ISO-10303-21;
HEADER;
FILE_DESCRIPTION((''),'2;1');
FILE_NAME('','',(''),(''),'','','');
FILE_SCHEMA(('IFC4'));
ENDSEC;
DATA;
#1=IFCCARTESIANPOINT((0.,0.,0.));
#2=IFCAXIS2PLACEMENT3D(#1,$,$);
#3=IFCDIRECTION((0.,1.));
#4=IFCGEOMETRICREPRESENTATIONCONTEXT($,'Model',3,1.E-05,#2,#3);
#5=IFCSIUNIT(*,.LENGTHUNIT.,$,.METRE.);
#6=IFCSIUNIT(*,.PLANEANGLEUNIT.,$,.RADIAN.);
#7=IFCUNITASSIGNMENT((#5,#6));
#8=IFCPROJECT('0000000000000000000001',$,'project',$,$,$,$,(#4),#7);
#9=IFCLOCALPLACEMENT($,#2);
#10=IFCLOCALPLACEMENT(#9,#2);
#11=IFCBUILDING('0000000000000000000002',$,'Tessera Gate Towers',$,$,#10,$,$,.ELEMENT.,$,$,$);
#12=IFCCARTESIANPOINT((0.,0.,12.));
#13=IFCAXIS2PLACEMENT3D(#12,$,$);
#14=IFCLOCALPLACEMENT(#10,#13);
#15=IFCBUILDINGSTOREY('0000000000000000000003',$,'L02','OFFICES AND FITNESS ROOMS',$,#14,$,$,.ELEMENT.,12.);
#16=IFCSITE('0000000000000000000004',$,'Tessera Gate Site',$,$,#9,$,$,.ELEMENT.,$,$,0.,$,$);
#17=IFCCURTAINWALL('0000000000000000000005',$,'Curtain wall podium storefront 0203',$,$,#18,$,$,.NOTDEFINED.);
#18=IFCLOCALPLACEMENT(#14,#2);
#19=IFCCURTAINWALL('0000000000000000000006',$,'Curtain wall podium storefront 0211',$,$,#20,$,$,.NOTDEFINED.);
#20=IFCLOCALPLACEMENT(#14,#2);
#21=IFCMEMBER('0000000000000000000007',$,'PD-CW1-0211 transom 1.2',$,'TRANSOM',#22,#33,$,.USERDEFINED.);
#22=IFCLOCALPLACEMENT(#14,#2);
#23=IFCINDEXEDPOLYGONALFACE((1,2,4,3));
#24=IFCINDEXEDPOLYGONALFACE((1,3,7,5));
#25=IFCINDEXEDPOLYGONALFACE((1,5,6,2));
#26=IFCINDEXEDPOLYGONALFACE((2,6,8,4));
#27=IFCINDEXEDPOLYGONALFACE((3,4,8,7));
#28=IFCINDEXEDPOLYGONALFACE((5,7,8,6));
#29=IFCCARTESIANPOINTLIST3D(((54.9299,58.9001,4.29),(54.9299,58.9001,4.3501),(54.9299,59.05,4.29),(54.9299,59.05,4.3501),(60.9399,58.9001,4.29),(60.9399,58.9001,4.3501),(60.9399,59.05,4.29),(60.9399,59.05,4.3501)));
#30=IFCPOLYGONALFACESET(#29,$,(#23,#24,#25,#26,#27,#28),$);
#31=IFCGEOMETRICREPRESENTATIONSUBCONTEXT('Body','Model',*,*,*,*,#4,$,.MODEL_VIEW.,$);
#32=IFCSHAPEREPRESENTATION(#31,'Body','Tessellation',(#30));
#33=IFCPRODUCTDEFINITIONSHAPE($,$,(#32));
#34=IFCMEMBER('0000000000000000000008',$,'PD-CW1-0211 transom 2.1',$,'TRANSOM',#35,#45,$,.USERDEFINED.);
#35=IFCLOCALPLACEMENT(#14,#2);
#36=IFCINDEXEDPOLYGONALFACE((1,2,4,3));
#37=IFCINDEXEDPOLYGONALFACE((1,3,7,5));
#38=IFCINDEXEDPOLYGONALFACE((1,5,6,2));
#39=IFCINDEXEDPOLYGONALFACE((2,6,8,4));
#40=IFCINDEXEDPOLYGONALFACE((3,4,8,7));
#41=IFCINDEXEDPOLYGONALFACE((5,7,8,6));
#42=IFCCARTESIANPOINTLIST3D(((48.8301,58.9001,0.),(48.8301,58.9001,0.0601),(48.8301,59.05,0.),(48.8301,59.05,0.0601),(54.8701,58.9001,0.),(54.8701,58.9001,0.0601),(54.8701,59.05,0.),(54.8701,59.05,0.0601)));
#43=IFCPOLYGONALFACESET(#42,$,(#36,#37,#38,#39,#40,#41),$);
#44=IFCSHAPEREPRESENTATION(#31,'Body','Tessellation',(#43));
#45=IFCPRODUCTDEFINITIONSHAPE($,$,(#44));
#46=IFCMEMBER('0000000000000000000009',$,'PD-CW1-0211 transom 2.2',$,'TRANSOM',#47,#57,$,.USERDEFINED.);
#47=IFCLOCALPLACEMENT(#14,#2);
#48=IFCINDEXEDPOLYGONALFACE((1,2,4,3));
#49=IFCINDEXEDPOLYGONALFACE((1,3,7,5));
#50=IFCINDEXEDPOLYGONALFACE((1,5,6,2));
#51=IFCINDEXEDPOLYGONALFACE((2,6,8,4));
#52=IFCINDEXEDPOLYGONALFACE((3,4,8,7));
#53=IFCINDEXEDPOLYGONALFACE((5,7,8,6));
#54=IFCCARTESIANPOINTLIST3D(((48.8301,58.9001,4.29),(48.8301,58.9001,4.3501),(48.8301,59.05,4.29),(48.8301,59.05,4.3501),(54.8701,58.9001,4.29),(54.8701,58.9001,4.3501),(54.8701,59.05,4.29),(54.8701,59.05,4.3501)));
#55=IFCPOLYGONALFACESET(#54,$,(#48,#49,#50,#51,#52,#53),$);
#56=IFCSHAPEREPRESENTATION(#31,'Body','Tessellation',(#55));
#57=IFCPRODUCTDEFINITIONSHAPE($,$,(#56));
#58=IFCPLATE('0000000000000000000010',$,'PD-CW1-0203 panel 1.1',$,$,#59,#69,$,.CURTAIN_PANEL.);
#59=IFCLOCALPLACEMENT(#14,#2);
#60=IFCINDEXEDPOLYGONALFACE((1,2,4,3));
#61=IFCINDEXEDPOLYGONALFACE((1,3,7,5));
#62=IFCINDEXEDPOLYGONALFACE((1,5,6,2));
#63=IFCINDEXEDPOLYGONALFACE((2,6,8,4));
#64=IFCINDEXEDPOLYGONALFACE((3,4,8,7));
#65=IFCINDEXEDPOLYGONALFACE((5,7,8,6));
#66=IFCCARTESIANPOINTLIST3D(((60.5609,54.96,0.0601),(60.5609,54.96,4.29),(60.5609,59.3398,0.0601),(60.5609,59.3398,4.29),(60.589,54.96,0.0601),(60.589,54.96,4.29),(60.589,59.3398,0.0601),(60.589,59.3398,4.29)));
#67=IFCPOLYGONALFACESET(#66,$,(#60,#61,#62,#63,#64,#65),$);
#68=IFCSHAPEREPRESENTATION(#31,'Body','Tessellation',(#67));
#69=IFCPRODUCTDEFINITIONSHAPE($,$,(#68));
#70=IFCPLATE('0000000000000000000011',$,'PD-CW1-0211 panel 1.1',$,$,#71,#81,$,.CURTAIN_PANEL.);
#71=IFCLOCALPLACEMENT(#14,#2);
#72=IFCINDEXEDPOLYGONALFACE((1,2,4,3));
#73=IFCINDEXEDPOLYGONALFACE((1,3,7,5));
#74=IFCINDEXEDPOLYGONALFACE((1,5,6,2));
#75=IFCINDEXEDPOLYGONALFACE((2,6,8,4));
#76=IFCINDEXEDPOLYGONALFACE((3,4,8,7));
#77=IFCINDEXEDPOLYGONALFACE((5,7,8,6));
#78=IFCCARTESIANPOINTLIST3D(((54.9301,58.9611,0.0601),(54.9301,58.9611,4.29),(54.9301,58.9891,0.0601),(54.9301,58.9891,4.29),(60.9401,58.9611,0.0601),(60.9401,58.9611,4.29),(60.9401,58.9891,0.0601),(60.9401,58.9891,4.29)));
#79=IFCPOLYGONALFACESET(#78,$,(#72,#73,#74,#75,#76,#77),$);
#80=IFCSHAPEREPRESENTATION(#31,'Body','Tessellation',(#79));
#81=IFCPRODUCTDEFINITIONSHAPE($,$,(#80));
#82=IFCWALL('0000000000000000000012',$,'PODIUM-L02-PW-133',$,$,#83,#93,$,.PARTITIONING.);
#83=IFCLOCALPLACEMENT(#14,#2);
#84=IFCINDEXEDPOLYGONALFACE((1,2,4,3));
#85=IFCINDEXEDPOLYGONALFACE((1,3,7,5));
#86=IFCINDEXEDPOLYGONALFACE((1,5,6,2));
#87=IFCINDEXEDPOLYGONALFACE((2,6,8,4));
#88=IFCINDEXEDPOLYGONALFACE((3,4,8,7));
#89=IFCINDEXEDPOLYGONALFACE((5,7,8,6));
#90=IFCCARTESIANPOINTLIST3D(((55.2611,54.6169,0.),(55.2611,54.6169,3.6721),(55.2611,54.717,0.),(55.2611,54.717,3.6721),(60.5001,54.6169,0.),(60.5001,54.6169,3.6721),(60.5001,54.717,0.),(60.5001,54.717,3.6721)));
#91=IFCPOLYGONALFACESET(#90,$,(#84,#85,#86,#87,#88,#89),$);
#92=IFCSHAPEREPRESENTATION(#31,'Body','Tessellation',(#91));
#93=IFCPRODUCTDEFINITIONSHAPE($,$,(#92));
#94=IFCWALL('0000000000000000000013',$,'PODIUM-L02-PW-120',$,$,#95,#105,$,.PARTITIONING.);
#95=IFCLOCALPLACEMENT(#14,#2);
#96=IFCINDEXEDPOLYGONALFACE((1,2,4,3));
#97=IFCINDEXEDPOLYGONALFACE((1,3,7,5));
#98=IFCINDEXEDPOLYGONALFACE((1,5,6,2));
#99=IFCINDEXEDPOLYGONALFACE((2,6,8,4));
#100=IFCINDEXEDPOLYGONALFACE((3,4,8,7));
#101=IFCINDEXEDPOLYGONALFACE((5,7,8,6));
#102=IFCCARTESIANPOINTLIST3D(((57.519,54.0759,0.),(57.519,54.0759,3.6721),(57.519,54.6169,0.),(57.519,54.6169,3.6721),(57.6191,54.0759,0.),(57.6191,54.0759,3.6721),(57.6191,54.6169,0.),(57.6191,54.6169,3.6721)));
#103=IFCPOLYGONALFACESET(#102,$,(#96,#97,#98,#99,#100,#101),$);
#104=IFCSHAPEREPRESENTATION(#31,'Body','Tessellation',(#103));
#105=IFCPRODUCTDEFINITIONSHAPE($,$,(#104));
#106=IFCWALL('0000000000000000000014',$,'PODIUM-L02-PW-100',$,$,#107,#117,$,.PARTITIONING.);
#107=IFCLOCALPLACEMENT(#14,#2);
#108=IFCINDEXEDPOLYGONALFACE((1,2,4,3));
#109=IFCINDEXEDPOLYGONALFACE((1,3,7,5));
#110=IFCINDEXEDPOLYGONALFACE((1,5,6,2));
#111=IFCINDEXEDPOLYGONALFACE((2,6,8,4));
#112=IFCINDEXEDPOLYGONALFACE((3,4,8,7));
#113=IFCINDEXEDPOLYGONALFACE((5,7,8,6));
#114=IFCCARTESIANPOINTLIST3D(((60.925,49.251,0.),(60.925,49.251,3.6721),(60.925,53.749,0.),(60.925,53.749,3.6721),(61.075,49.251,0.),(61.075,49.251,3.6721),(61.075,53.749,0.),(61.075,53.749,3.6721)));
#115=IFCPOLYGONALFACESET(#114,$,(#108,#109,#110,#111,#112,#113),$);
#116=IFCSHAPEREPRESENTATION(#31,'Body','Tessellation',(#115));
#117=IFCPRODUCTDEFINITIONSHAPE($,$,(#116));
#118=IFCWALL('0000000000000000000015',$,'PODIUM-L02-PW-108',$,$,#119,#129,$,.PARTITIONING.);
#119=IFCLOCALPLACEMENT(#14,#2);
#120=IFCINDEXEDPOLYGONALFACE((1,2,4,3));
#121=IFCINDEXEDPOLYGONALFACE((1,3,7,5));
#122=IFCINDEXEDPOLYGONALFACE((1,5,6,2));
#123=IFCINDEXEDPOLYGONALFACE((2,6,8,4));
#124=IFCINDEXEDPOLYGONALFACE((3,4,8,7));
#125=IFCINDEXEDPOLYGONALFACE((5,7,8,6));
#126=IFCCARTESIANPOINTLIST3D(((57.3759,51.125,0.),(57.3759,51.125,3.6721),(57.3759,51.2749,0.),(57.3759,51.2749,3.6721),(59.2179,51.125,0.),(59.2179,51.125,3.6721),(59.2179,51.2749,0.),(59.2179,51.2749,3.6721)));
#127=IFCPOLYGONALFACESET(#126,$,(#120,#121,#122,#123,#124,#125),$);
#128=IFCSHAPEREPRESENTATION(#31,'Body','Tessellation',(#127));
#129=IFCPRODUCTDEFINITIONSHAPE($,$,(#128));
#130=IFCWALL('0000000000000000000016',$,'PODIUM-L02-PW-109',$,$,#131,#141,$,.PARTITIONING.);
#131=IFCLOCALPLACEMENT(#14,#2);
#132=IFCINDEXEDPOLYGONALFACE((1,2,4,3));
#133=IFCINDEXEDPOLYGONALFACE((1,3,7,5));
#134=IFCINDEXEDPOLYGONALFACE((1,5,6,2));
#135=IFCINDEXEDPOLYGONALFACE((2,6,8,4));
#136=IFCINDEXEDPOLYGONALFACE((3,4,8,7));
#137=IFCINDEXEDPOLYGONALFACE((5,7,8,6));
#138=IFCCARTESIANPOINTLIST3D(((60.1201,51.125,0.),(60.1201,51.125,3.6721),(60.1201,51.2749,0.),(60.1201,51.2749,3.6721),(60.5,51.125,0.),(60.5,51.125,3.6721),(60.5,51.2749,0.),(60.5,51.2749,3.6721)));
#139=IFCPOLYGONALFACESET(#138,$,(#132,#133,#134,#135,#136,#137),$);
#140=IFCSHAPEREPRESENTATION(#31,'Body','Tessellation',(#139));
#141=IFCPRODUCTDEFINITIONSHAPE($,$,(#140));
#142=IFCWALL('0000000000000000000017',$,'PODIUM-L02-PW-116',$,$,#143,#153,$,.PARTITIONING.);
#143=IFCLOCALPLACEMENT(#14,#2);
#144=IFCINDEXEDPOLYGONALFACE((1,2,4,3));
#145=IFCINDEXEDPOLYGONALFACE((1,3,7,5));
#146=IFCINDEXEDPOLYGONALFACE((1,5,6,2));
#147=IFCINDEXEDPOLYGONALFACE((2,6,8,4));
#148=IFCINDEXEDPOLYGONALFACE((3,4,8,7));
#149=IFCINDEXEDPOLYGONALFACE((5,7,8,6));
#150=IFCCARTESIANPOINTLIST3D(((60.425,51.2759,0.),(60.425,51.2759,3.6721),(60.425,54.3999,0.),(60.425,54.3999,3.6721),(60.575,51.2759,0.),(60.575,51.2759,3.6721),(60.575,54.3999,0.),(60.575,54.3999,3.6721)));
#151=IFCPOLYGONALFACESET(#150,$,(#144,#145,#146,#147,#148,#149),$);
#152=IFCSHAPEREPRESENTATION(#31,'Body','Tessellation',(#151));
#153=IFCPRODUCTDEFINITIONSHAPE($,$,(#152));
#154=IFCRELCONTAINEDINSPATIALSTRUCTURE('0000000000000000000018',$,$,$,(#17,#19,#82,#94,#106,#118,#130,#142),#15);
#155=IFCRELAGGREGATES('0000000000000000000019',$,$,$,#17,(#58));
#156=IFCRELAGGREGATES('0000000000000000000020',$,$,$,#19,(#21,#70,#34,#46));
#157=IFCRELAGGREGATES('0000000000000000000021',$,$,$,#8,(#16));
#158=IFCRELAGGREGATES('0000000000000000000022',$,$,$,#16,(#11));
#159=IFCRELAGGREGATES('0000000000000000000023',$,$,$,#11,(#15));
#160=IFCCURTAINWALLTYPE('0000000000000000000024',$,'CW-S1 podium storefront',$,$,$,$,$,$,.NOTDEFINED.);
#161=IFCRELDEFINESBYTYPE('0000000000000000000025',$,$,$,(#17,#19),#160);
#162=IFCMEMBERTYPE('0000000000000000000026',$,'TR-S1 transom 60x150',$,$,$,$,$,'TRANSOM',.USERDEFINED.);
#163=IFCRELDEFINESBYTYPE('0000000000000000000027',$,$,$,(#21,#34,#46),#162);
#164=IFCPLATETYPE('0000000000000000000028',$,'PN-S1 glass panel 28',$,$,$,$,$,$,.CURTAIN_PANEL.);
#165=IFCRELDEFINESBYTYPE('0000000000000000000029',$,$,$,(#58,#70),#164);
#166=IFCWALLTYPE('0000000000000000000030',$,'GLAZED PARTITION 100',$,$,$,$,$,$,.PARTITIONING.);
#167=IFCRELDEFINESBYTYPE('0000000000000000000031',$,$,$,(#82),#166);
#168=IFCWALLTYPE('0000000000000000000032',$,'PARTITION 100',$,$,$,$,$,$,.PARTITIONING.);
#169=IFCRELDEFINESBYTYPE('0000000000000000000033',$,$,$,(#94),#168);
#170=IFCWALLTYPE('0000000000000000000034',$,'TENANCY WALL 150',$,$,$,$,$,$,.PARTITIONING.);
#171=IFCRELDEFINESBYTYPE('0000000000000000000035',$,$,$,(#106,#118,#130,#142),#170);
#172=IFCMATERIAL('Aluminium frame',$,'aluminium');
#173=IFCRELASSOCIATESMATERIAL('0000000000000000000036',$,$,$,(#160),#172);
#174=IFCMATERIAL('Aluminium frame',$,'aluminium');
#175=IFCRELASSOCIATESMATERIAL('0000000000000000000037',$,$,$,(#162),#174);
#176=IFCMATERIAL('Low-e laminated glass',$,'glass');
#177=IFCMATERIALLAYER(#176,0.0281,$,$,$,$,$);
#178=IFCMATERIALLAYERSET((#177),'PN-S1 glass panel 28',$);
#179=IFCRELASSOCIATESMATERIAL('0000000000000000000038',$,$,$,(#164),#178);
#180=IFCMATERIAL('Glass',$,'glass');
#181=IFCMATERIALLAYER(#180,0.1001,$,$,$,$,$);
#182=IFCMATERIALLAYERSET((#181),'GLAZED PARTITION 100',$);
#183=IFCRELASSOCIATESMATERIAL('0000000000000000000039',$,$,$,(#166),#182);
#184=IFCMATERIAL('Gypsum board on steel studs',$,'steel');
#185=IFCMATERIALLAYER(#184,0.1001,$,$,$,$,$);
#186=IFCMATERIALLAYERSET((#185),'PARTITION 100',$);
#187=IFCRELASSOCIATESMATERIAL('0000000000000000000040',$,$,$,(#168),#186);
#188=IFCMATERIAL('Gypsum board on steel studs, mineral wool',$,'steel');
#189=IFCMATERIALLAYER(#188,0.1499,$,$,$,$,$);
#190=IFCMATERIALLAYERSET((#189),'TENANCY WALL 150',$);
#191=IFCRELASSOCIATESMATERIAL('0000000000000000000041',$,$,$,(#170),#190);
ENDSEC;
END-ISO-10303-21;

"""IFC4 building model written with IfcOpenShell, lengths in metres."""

from ifc_helpers import new_model, si_unit, direction, frame, frame_2d, origin, origin_2d, place, context, subcontext, project, spatial, rectangle, extrude, material, layer, layer_set, material_profile, profile_set, type_object, element, aggregate, save


model = new_model("IFC4")

# Units and contexts
model_context = context("Model", 3, precision=1e-05, world=origin(), true_north=direction((0.0, 1.0)))
body_context = subcontext(model_context, "Body", "Model", "MODEL_VIEW")
ifc_project = project(units=[si_unit("LENGTHUNIT", "METRE"), si_unit("PLANEANGLEUNIT", "RADIAN")], contexts=[model_context])

# Site, building, storey
site_placement = place(None, origin())
site = spatial("IfcSite", under=ifc_project, at=site_placement, Name="Tessera Gate Site", CompositionType="ELEMENT", RefElevation=0.0)
building_placement = place(site_placement, origin())
building = spatial("IfcBuilding", under=site, at=building_placement, Name="Tessera Gate Towers", CompositionType="ELEMENT")
storey_placement = place(building_placement, frame((0.0, 0.0, 12.0)))
storey = spatial("IfcBuildingStorey", under=building, at=storey_placement, Name="L02", Description="OFFICES AND FITNESS ROOMS", CompositionType="ELEMENT", Elevation=12.0)

# Curtain walls
ifc_material_1 = material(Name="Aluminium frame", Category="aluminium")
curtain_wall_type_1 = type_object("IfcCurtainWallType", Name="CW-S1 podium storefront", PredefinedType="NOTDEFINED", material=ifc_material_1)
curtain_wall_1_placement = place(storey_placement, origin())
curtain_wall_1 = element("IfcCurtainWall", 1, at=curtain_wall_1_placement, inside=storey, type_object=curtain_wall_type_1, Name="Curtain wall podium storefront 0203", PredefinedType="NOTDEFINED")
curtain_wall_2_placement = place(storey_placement, origin())
curtain_wall_2 = element("IfcCurtainWall", 2, at=curtain_wall_2_placement, inside=storey, type_object=curtain_wall_type_1, Name="Curtain wall podium storefront 0211", PredefinedType="NOTDEFINED")

# Members
ifc_material_2 = material(Name="Aluminium frame", Category="aluminium")
ifc_material_profile_1 = material_profile(ifc_material_2, rectangle(XDim=0.1499, YDim=0.0601, at=origin_2d()), Name="AL 60x150")
ifc_profile_set_1 = profile_set([ifc_material_profile_1], Name="Aluminium frame")
member_type_1 = type_object("IfcMemberType", Name="TR-S1 transom 60x150", ElementType="TRANSOM", PredefinedType="USERDEFINED", material=ifc_profile_set_1)
member_1_placement = place(storey_placement, frame((60.9399, 58.9751, 4.3201), z_axis=(-1.0, 0.0, 0.0), x_axis=(0.0, -1.0, 0.0)))
member_1 = element("IfcMember", 3, at=member_1_placement, type_object=member_type_1, Name="PD-CW1-0211 transom 1.2", ObjectType="TRANSOM", PredefinedType="USERDEFINED", context=body_context, shape_type="SweptSolid", body=[
    extrude(rectangle(XDim=0.1499, YDim=0.0601, at=origin_2d()), origin(), (0.0, 0.0, 1.0), 6.01),
])
member_2_placement = place(storey_placement, frame((54.8701, 58.9751, 0.03), z_axis=(-1.0, 0.0, 0.0), x_axis=(0.0, -1.0, 0.0)))
member_2 = element("IfcMember", 4, at=member_2_placement, type_object=member_type_1, Name="PD-CW1-0211 transom 2.1", ObjectType="TRANSOM", PredefinedType="USERDEFINED", context=body_context, shape_type="SweptSolid", body=[
    extrude(rectangle(XDim=0.1499, YDim=0.0601, at=origin_2d()), origin(), (0.0, 0.0, 1.0), 6.04),
])
member_3_placement = place(storey_placement, frame((54.8701, 58.9751, 4.3201), z_axis=(-1.0, 0.0, 0.0), x_axis=(0.0, -1.0, 0.0)))
member_3 = element("IfcMember", 5, at=member_3_placement, type_object=member_type_1, Name="PD-CW1-0211 transom 2.2", ObjectType="TRANSOM", PredefinedType="USERDEFINED", context=body_context, shape_type="SweptSolid", body=[
    extrude(rectangle(XDim=0.1499, YDim=0.0601, at=origin_2d()), origin(), (0.0, 0.0, 1.0), 6.04),
])

# Plates
ifc_material_3 = material(Name="Low-e laminated glass", Category="glass")
ifc_layer_1 = layer(ifc_material_3, 0.0281)
ifc_layer_set_1 = layer_set([ifc_layer_1], Name="PN-S1 glass panel 28")
plate_type = type_object("IfcPlateType", Name="PN-S1 glass panel 28", PredefinedType="CURTAIN_PANEL", material=ifc_layer_set_1)
plate_1_placement = place(storey_placement, frame((60.575, 57.1499, 0.0601), z_axis=(0.0, 0.0, 1.0), x_axis=(0.0, 1.0, 0.0)))
plate_1 = element("IfcPlate", 6, at=plate_1_placement, type_object=plate_type, Name="PD-CW1-0203 panel 1.1", PredefinedType="CURTAIN_PANEL", context=body_context, shape_type="SweptSolid", body=[
    extrude(rectangle(XDim=4.3799, YDim=0.0281, at=origin_2d()), origin(), (0.0, 0.0, 1.0), 4.23),
])
aggregate(curtain_wall_1, [plate_1])
plate_2_placement = place(storey_placement, frame((57.9351, 58.9751, 0.0601), z_axis=(0.0, 0.0, 1.0), x_axis=(-1.0, 0.0, 0.0)))
plate_2 = element("IfcPlate", 7, at=plate_2_placement, type_object=plate_type, Name="PD-CW1-0211 panel 1.1", PredefinedType="CURTAIN_PANEL", context=body_context, shape_type="SweptSolid", body=[
    extrude(rectangle(XDim=6.01, YDim=0.0281, at=origin_2d()), origin(), (0.0, 0.0, 1.0), 4.23),
])
aggregate(curtain_wall_2, [member_1, plate_2, member_2, member_3])

# Walls
ifc_material_4 = material(Name="Glass", Category="glass")
ifc_layer_2 = layer(ifc_material_4, 0.1001)
ifc_layer_set_2 = layer_set([ifc_layer_2], Name="GLAZED PARTITION 100")
wall_type_1 = type_object("IfcWallType", Name="GLAZED PARTITION 100", PredefinedType="PARTITIONING", material=ifc_layer_set_2)
wall_1_placement = place(storey_placement, frame((55.261, 54.667, 0.0), z_axis=(0.0, 0.0, 1.0), x_axis=(1.0, 0.0, 0.0)))
element("IfcWall", 8, at=wall_1_placement, inside=storey, type_object=wall_type_1, Name="PODIUM-L02-PW-133", PredefinedType="PARTITIONING", context=body_context, shape_type="SweptSolid", body=[
    extrude(rectangle(XDim=5.239, YDim=0.1001, at=frame_2d((2.6196, 0.0))), origin(), (0.0, 0.0, 1.0), 3.6721),
])
ifc_material_5 = material(Name="Gypsum board on steel studs", Category="steel")
ifc_layer_3 = layer(ifc_material_5, 0.1001)
ifc_layer_set_3 = layer_set([ifc_layer_3], Name="PARTITION 100")
wall_type_2 = type_object("IfcWallType", Name="PARTITION 100", PredefinedType="PARTITIONING", material=ifc_layer_set_3)
wall_2_placement = place(storey_placement, frame((57.5691, 54.0759, 0.0), z_axis=(0.0, 0.0, 1.0), x_axis=(0.0, 1.0, 0.0)))
element("IfcWall", 9, at=wall_2_placement, inside=storey, type_object=wall_type_2, Name="PODIUM-L02-PW-120", PredefinedType="PARTITIONING", context=body_context, shape_type="SweptSolid", body=[
    extrude(rectangle(XDim=0.541, YDim=0.1001, at=frame_2d((0.2705, 0.0))), origin(), (0.0, 0.0, 1.0), 3.6721),
])
ifc_material_6 = material(Name="Gypsum board on steel studs, mineral wool", Category="steel")
ifc_layer_4 = layer(ifc_material_6, 0.1499)
ifc_layer_set_4 = layer_set([ifc_layer_4], Name="TENANCY WALL 150")
wall_type_3 = type_object("IfcWallType", Name="TENANCY WALL 150", PredefinedType="PARTITIONING", material=ifc_layer_set_4)
wall_3_placement = place(storey_placement, frame((61.0, 49.251, 0.0), z_axis=(0.0, 0.0, 1.0), x_axis=(0.0, 1.0, 0.0)))
element("IfcWall", 10, at=wall_3_placement, inside=storey, type_object=wall_type_3, Name="PODIUM-L02-PW-100", PredefinedType="PARTITIONING", context=body_context, shape_type="SweptSolid", body=[
    extrude(rectangle(XDim=4.498, YDim=0.1499, at=frame_2d((2.249, 0.0))), origin(), (0.0, 0.0, 1.0), 3.6721),
])
wall_4_placement = place(storey_placement, frame((57.376, 51.2, 0.0), z_axis=(0.0, 0.0, 1.0), x_axis=(1.0, 0.0, 0.0)))
element("IfcWall", 11, at=wall_4_placement, inside=storey, type_object=wall_type_3, Name="PODIUM-L02-PW-108", PredefinedType="PARTITIONING", context=body_context, shape_type="SweptSolid", body=[
    extrude(rectangle(XDim=1.842, YDim=0.1499, at=frame_2d((0.9209, 0.0))), origin(), (0.0, 0.0, 1.0), 3.6721),
])
wall_5_placement = place(storey_placement, frame((60.1201, 51.2, 0.0), z_axis=(0.0, 0.0, 1.0), x_axis=(1.0, 0.0, 0.0)))
element("IfcWall", 12, at=wall_5_placement, inside=storey, type_object=wall_type_3, Name="PODIUM-L02-PW-109", PredefinedType="PARTITIONING", context=body_context, shape_type="SweptSolid", body=[
    extrude(rectangle(XDim=0.3799, YDim=0.1499, at=frame_2d((0.1899, 0.0))), origin(), (0.0, 0.0, 1.0), 3.6721),
])
wall_6_placement = place(storey_placement, frame((60.5, 51.2759, 0.0), z_axis=(0.0, 0.0, 1.0), x_axis=(0.0, 1.0, 0.0)))
element("IfcWall", 13, at=wall_6_placement, inside=storey, type_object=wall_type_3, Name="PODIUM-L02-PW-116", PredefinedType="PARTITIONING", context=body_context, shape_type="SweptSolid", body=[
    extrude(rectangle(XDim=3.124, YDim=0.1499, at=frame_2d((1.562, 0.0))), origin(), (0.0, 0.0, 1.0), 3.6721),
])

save(model, "model.ifc")
